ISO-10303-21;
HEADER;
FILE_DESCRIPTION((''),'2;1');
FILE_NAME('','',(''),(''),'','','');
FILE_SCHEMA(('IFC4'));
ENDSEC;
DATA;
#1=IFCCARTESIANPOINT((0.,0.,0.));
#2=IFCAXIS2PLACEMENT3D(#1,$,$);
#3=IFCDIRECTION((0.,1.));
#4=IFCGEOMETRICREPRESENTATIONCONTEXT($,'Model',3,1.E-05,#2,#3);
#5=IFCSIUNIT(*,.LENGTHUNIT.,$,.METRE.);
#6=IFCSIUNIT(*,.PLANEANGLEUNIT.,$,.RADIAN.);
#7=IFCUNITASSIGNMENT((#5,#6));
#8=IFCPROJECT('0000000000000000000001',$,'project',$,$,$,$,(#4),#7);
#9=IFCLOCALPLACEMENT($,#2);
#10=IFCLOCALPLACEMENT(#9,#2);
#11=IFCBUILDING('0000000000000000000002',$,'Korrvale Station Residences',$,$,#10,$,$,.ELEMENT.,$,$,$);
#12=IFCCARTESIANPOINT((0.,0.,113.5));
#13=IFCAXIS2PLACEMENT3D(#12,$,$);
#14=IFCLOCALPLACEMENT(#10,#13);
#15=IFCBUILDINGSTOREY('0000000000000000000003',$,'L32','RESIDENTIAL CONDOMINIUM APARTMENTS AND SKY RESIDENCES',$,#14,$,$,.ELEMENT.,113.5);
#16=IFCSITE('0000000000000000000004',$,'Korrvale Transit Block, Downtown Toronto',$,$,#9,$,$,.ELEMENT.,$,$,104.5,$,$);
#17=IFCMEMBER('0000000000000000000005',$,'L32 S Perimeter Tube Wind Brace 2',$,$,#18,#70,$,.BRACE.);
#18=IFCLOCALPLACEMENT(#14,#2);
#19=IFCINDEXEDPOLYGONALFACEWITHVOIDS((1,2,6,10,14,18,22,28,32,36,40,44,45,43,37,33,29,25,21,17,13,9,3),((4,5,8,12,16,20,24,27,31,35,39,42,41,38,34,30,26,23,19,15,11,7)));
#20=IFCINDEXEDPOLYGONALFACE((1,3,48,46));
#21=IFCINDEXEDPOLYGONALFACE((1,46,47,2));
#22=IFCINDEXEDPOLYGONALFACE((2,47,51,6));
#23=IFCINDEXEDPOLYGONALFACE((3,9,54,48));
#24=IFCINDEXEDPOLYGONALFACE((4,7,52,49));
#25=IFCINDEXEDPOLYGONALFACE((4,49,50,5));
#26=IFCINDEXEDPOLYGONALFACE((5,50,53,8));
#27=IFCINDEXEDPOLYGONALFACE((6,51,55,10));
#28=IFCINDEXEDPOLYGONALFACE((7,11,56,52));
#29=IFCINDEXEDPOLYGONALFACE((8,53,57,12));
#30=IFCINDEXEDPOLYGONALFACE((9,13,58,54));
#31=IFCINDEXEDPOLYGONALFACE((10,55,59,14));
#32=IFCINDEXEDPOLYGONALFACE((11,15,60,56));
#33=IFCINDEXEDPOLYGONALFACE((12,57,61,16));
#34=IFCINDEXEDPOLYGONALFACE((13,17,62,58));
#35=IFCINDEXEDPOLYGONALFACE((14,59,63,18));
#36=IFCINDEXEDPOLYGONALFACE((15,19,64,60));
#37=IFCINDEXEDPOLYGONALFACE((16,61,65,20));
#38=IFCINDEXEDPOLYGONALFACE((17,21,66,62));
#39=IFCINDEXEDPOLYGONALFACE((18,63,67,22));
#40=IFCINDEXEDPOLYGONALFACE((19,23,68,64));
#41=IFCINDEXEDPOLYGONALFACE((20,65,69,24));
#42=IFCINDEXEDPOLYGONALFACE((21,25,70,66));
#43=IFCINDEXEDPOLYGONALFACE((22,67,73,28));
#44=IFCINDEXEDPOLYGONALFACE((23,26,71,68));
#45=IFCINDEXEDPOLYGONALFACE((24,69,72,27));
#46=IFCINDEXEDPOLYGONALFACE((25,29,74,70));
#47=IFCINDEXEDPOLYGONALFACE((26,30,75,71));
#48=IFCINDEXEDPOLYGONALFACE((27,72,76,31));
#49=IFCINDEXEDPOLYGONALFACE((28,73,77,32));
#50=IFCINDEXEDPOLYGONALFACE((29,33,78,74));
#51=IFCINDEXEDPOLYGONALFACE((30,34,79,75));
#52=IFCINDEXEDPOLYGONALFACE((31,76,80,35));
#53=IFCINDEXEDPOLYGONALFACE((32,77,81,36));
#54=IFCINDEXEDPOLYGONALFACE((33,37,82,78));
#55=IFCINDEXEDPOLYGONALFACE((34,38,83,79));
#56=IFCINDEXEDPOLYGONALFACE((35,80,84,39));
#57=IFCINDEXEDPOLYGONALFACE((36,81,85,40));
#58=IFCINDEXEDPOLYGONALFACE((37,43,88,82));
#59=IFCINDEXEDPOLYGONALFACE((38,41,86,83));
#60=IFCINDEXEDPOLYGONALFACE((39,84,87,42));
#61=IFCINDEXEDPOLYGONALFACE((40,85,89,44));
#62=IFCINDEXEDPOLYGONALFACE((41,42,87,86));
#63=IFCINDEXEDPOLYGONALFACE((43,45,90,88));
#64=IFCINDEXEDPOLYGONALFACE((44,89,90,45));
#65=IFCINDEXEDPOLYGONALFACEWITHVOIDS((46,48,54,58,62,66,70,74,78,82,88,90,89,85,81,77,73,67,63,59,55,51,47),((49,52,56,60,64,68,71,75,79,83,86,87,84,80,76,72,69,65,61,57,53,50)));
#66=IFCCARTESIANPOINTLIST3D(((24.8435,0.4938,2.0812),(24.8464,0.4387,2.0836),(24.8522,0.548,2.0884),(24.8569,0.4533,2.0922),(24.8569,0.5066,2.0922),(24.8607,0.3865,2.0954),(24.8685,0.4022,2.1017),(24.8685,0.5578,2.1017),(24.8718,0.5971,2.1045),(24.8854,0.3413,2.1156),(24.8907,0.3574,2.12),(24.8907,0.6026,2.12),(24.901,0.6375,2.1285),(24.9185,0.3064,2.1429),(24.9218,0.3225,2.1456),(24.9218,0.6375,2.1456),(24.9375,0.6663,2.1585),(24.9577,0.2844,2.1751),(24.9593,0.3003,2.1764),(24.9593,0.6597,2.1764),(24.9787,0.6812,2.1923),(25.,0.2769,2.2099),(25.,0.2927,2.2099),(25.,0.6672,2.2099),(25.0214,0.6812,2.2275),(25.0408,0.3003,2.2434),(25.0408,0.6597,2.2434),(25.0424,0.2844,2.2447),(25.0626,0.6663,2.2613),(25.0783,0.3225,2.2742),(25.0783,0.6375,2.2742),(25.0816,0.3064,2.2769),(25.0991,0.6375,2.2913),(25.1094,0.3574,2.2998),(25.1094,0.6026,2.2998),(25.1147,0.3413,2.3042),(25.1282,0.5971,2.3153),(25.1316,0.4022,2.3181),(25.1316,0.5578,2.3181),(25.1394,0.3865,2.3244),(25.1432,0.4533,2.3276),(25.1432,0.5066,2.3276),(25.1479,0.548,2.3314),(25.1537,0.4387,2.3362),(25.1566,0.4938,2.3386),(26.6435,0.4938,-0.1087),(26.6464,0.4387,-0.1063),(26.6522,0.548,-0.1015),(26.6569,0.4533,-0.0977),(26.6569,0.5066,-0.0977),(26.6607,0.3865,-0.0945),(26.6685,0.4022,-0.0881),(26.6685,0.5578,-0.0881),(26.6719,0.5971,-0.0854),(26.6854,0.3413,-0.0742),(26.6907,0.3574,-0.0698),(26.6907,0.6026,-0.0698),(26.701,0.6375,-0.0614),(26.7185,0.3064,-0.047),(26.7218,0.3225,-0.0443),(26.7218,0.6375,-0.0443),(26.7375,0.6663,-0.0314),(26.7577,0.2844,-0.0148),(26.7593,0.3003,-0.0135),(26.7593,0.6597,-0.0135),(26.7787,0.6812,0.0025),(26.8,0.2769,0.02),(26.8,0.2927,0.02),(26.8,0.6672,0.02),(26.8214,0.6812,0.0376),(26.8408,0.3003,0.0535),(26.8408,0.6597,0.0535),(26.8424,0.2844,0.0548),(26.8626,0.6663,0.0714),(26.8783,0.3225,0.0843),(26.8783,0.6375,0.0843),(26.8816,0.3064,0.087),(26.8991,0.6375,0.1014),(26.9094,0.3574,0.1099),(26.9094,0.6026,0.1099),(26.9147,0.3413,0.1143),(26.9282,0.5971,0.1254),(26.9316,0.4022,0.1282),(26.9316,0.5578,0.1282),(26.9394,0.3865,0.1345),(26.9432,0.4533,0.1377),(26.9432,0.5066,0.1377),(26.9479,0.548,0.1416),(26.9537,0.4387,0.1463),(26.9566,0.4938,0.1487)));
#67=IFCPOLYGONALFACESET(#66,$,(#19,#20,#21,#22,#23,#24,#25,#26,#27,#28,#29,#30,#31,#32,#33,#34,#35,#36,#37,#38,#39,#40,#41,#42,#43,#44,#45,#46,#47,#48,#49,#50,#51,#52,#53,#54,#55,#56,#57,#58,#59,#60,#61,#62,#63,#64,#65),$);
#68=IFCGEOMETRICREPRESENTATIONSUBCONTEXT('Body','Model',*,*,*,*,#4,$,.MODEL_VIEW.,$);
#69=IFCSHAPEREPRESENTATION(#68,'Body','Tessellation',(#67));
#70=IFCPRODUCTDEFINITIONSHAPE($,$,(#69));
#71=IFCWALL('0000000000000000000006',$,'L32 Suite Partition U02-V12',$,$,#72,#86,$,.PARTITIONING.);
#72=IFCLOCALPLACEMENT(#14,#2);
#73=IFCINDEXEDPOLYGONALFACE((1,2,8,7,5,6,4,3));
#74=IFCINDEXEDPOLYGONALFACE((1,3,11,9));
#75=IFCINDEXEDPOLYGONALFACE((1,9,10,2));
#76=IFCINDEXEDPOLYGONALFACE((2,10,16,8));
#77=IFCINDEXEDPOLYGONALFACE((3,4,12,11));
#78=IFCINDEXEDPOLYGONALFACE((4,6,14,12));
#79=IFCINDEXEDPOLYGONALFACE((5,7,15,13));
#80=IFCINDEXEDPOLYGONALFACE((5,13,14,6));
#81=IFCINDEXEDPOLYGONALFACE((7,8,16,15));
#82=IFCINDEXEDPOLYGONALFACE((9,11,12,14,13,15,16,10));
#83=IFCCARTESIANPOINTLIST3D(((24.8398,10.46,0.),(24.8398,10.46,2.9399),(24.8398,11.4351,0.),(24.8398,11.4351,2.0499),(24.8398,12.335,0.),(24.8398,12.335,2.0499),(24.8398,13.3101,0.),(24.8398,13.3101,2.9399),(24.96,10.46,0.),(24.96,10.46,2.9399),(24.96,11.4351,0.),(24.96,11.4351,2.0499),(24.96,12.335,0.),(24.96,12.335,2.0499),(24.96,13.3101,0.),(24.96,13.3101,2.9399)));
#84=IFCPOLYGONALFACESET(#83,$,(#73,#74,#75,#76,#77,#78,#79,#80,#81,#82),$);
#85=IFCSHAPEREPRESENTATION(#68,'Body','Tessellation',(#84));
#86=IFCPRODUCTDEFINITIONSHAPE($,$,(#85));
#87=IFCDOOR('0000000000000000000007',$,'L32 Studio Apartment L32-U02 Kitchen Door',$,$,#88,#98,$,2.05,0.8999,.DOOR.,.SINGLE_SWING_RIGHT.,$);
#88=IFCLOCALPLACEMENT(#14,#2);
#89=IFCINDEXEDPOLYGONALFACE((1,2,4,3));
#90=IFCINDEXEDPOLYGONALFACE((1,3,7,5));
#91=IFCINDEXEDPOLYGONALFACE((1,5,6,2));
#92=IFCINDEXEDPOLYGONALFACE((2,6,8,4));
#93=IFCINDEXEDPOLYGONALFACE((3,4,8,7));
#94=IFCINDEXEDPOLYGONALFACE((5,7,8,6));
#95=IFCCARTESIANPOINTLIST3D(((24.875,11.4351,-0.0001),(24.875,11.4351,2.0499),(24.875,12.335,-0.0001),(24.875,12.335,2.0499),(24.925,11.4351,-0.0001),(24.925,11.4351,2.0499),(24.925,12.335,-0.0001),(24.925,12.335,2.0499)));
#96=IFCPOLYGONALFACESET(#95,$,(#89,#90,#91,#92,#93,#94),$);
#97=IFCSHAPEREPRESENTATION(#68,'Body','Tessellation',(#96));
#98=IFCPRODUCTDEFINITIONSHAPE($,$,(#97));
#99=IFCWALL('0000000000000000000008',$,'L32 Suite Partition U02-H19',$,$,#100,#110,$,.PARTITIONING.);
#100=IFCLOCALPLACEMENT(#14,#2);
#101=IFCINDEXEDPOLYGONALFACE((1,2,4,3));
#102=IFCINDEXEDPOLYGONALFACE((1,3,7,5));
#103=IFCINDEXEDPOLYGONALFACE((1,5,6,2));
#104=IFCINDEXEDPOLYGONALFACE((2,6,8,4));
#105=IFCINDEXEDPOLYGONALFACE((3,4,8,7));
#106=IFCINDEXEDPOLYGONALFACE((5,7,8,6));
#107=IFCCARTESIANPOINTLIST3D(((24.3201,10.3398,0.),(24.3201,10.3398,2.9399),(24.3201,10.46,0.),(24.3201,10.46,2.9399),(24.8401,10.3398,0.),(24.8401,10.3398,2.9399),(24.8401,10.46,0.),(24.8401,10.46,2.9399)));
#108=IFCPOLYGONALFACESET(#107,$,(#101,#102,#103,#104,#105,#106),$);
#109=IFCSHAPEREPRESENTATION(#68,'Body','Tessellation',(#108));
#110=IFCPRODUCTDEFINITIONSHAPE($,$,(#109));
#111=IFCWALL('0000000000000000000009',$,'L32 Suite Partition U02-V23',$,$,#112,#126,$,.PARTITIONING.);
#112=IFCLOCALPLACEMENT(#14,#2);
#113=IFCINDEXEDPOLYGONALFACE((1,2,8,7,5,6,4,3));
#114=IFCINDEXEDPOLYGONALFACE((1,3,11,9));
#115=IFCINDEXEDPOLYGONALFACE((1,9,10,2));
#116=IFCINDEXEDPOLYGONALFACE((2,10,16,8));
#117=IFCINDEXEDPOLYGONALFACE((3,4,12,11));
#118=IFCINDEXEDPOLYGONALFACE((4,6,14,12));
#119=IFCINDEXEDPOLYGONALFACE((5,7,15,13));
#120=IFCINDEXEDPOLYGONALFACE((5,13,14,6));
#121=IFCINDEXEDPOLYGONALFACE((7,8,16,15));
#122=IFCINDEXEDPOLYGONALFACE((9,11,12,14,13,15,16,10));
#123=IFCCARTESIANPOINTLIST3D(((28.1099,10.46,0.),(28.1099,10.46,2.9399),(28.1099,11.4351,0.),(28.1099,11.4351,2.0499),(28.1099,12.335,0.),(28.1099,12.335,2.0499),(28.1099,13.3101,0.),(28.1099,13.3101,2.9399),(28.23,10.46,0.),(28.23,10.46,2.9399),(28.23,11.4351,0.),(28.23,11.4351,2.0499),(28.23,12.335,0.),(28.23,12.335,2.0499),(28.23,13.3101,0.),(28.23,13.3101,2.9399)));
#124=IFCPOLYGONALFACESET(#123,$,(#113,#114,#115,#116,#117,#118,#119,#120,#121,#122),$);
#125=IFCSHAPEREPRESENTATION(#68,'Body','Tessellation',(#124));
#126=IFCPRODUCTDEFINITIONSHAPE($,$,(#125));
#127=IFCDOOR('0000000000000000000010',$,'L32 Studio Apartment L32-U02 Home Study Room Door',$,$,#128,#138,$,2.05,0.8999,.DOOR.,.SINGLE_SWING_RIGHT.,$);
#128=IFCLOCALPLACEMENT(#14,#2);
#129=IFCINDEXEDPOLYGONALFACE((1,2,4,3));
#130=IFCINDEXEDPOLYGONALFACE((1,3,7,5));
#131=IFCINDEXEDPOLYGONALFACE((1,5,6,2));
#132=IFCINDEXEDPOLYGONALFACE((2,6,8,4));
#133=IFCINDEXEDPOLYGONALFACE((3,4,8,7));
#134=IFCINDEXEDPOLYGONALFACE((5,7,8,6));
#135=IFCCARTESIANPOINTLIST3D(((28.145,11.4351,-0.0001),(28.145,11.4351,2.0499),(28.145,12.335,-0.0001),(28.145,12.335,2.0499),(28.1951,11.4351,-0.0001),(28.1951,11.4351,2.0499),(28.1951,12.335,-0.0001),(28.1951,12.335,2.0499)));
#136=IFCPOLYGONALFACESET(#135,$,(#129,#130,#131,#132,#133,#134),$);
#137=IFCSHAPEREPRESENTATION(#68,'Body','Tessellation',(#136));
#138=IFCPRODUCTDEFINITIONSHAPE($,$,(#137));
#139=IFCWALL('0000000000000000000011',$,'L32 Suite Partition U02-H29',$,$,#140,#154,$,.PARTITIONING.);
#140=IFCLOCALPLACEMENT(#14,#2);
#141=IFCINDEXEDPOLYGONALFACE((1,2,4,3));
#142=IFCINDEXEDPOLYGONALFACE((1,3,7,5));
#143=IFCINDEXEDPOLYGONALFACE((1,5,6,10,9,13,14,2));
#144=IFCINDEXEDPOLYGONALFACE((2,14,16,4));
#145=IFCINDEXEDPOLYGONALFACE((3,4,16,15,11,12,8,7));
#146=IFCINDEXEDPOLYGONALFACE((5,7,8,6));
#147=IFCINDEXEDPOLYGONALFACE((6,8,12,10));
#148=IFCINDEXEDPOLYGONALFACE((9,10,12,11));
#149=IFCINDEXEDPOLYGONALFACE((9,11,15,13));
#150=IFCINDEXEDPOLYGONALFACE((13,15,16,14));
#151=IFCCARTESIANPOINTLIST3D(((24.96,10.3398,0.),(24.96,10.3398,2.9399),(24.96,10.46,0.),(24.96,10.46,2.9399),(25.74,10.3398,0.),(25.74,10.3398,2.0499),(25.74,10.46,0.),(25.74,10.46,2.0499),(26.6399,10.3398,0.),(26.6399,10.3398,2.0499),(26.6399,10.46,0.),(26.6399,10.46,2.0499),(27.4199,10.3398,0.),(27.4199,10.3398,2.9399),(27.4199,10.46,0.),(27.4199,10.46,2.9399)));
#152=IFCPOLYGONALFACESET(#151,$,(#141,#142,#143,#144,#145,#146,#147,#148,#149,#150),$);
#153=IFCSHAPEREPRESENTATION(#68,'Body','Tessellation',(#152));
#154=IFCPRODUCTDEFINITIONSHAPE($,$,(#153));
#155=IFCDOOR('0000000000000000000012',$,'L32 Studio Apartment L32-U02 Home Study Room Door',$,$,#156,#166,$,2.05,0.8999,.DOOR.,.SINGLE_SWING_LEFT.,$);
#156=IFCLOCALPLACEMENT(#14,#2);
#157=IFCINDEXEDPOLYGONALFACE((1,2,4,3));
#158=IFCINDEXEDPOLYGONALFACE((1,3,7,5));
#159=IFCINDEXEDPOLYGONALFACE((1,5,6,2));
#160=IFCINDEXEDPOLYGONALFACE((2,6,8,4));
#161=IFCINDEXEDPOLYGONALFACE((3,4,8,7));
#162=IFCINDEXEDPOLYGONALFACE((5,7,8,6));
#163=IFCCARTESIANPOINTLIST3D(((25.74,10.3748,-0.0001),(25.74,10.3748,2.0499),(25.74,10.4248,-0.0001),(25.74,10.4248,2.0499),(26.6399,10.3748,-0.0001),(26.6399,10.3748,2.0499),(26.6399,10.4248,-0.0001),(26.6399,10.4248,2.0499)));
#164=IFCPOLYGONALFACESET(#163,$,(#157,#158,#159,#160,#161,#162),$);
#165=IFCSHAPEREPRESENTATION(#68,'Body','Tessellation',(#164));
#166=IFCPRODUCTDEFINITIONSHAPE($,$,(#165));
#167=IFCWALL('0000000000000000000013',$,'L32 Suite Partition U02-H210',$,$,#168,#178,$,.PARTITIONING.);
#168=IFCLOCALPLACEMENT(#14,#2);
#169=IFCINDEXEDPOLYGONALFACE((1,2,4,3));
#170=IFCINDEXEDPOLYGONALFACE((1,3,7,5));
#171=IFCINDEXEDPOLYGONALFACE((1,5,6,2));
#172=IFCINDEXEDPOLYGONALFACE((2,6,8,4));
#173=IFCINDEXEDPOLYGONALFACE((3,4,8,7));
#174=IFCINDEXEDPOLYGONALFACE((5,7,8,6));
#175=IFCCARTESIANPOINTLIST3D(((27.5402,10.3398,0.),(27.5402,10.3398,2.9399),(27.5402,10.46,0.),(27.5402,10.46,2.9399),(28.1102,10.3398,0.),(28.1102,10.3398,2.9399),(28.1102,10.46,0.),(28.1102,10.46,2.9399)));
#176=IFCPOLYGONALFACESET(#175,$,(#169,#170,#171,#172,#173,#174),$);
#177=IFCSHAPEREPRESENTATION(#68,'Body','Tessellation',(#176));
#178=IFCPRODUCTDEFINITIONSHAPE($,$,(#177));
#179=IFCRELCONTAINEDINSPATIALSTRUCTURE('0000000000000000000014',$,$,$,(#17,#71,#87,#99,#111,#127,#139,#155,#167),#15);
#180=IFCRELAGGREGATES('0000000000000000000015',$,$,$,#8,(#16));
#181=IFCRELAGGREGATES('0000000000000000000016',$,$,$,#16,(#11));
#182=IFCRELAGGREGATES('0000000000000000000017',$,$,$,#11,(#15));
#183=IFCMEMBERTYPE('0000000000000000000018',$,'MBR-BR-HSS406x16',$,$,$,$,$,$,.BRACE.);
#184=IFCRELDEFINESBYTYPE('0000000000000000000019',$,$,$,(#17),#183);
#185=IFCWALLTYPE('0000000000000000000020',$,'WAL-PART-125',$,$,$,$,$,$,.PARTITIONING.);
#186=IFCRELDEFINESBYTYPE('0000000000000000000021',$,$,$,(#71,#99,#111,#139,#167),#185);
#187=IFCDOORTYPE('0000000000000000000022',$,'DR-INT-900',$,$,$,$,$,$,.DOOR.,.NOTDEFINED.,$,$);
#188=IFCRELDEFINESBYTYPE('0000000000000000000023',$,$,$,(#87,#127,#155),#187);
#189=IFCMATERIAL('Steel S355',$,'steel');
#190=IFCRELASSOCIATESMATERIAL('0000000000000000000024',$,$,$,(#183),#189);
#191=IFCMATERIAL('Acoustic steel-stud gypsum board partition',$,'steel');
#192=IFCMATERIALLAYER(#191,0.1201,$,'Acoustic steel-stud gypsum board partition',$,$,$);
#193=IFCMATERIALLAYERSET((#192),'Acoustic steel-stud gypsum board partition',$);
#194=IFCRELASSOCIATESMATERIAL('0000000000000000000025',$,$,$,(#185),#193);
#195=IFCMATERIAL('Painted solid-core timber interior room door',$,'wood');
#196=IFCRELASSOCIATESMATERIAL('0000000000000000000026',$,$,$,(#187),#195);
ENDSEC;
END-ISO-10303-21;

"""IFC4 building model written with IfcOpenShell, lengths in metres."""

from ifc_helpers import new_model, si_unit, direction, frame, frame_2d, origin, origin_2d, place, context, subcontext, project, spatial, rectangle, hollow_circle, extrude, material, layer, layer_set, material_profile, profile_set, type_object, element, fill, save


model = new_model("IFC4")

# Units and contexts
model_context = context("Model", 3, precision=1e-05, world=origin(), true_north=direction((0.0, 1.0)))
body_context = subcontext(model_context, "Body", "Model", "MODEL_VIEW")
ifc_project = project(units=[si_unit("LENGTHUNIT", "METRE"), si_unit("PLANEANGLEUNIT", "RADIAN")], contexts=[model_context])

# Site, building, storey
site_placement = place(None, origin())
site = spatial("IfcSite", under=ifc_project, at=site_placement, Name="Korrvale Transit Block, Downtown Toronto", CompositionType="ELEMENT", RefElevation=104.5)
building_placement = place(site_placement, origin())
building = spatial("IfcBuilding", under=site, at=building_placement, Name="Korrvale Station Residences", CompositionType="ELEMENT")
storey_placement = place(building_placement, frame((0.0, 0.0, 113.5)))
storey = spatial("IfcBuildingStorey", under=building, at=storey_placement, Name="L32", Description="RESIDENTIAL CONDOMINIUM APARTMENTS AND SKY RESIDENCES", CompositionType="ELEMENT", Elevation=113.5)

# Shared definitions
ifc_material_1 = material(Name="Steel S355", Category="steel")

# Member
ifc_material_profile_1 = material_profile(ifc_material_1, hollow_circle(Radius=0.2031, WallThickness=0.0159, at=origin_2d()), Name="HSS406x16")
ifc_profile_set_1 = profile_set([ifc_material_profile_1], Name="Steel S355")
member_type = type_object("IfcMemberType", Name="MBR-BR-HSS406x16", PredefinedType="BRACE", material=ifc_profile_set_1)
member_placement = place(storey_placement, frame((26.8, 0.48, 0.02), z_axis=(-0.634985, 0.0, 0.772524), x_axis=(0.0, -1.0, 0.0)))
element("IfcMember", 1, at=member_placement, inside=storey, type_object=member_type, Name="L32 S Perimeter Tube Wind Brace 2", PredefinedType="BRACE", context=body_context, shape_type="SweptSolid", body=[
    extrude(hollow_circle(Radius=0.2031, WallThickness=0.0159, at=origin_2d()), origin(), (0.0, 0.0, 1.0), 2.8347),
])

# Wall, opening, door
ifc_material_2 = material(Name="Acoustic steel-stud gypsum board partition", Category="steel")
ifc_layer_1 = layer(ifc_material_2, 0.1201, Name="Acoustic steel-stud gypsum board partition")
ifc_layer_set_1 = layer_set([ifc_layer_1], Name="Acoustic steel-stud gypsum board partition")
wall_type = type_object("IfcWallType", Name="WAL-PART-125", PredefinedType="PARTITIONING", material=ifc_layer_set_1)
wall_1_placement = place(storey_placement, frame((24.8999, 10.46, 0.0), z_axis=(0.0, 0.0, 1.0), x_axis=(0.0, 1.0, 0.0)))
wall_1 = element("IfcWall", 2, at=wall_1_placement, inside=storey, type_object=wall_type, Name="L32 Suite Partition U02-V12", PredefinedType="PARTITIONING", context=body_context, shape_type="SweptSolid", body=[
    extrude(rectangle(XDim=2.8501, YDim=0.1201, at=frame_2d((1.425, 0.0))), origin(), (0.0, 0.0, 1.0), 2.9399),
])
opening_1_placement = place(wall_1_placement, frame((0.9751, 0.0, 0.0)))
opening_1 = element("IfcOpeningElement", 3, at=opening_1_placement, cuts=wall_1, PredefinedType="OPENING", context=body_context, shape_type="SweptSolid", body=[
    extrude(rectangle(XDim=0.8999, YDim=2.05, at=frame_2d((0.45, 1.0249))), frame((0.0, 0.0701, 0.0), z_axis=(0.0, -1.0, 0.0), x_axis=(1.0, 0.0, 0.0)), (0.0, 0.0, 1.0), 0.1401),
])
ifc_material_3 = material(Name="Painted solid-core timber interior room door", Category="wood")
door_type = type_object("IfcDoorType", Name="DR-INT-900", OperationType="NOTDEFINED", PredefinedType="DOOR", material=ifc_material_3)
door_1_placement = place(opening_1_placement, origin())
door_1 = element("IfcDoor", 4, at=door_1_placement, inside=storey, type_object=door_type, Name="L32 Studio Apartment L32-U02 Kitchen Door", OperationType="SINGLE_SWING_RIGHT", OverallHeight=2.05, OverallWidth=0.8999, PredefinedType="DOOR", context=body_context, shape_type="SweptSolid", body=[
    extrude(rectangle(XDim=0.8999, YDim=2.05, at=frame_2d((0.45, 1.0249))), frame((0.0, 0.0249, 0.0), z_axis=(0.0, -1.0, 0.0), x_axis=(1.0, 0.0, 0.0)), (0.0, 0.0, 1.0), 0.05),
])
fill(opening_1, door_1)

# Wall
wall_2_placement = place(storey_placement, frame((24.3201, 10.3999, 0.0), z_axis=(0.0, 0.0, 1.0), x_axis=(1.0, 0.0, 0.0)))
element("IfcWall", 5, at=wall_2_placement, inside=storey, type_object=wall_type, Name="L32 Suite Partition U02-H19", PredefinedType="PARTITIONING", context=body_context, shape_type="SweptSolid", body=[
    extrude(rectangle(XDim=0.52, YDim=0.1201, at=frame_2d((0.26, 0.0))), origin(), (0.0, 0.0, 1.0), 2.9399),
])

# Walls, openings, doors
wall_3_placement = place(storey_placement, frame((28.1699, 10.46, 0.0), z_axis=(0.0, 0.0, 1.0), x_axis=(0.0, 1.0, 0.0)))
wall_3 = element("IfcWall", 6, at=wall_3_placement, inside=storey, type_object=wall_type, Name="L32 Suite Partition U02-V23", PredefinedType="PARTITIONING", context=body_context, shape_type="SweptSolid", body=[
    extrude(rectangle(XDim=2.8501, YDim=0.1201, at=frame_2d((1.425, 0.0))), origin(), (0.0, 0.0, 1.0), 2.9399),
])
opening_2_placement = place(wall_3_placement, frame((0.9751, 0.0, 0.0)))
opening_2 = element("IfcOpeningElement", 7, at=opening_2_placement, cuts=wall_3, PredefinedType="OPENING", context=body_context, shape_type="SweptSolid", body=[
    extrude(rectangle(XDim=0.8999, YDim=2.05, at=frame_2d((0.45, 1.0249))), frame((0.0, 0.0701, 0.0), z_axis=(0.0, -1.0, 0.0), x_axis=(1.0, 0.0, 0.0)), (0.0, 0.0, 1.0), 0.1401),
])
door_2_placement = place(opening_2_placement, origin())
door_2 = element("IfcDoor", 8, at=door_2_placement, inside=storey, type_object=door_type, Name="L32 Studio Apartment L32-U02 Home Study Room Door", OperationType="SINGLE_SWING_RIGHT", OverallHeight=2.05, OverallWidth=0.8999, PredefinedType="DOOR", context=body_context, shape_type="SweptSolid", body=[
    extrude(rectangle(XDim=0.8999, YDim=2.05, at=frame_2d((0.45, 1.0249))), frame((0.0, 0.0249, 0.0), z_axis=(0.0, -1.0, 0.0), x_axis=(1.0, 0.0, 0.0)), (0.0, 0.0, 1.0), 0.05),
])
fill(opening_2, door_2)
wall_4_placement = place(storey_placement, frame((24.96, 10.3999, 0.0), z_axis=(0.0, 0.0, 1.0), x_axis=(1.0, 0.0, 0.0)))
wall_4 = element("IfcWall", 9, at=wall_4_placement, inside=storey, type_object=wall_type, Name="L32 Suite Partition U02-H29", PredefinedType="PARTITIONING", context=body_context, shape_type="SweptSolid", body=[
    extrude(rectangle(XDim=2.46, YDim=0.1201, at=frame_2d((1.23, 0.0))), origin(), (0.0, 0.0, 1.0), 2.9399),
])
opening_3_placement = place(wall_4_placement, frame((0.78, 0.0, 0.0)))
opening_3 = element("IfcOpeningElement", 10, at=opening_3_placement, cuts=wall_4, PredefinedType="OPENING", context=body_context, shape_type="SweptSolid", body=[
    extrude(rectangle(XDim=0.8999, YDim=2.05, at=frame_2d((0.45, 1.0249))), frame((0.0, 0.0701, 0.0), z_axis=(0.0, -1.0, 0.0), x_axis=(1.0, 0.0, 0.0)), (0.0, 0.0, 1.0), 0.1401),
])
door_3_placement = place(opening_3_placement, origin())
door_3 = element("IfcDoor", 11, at=door_3_placement, inside=storey, type_object=door_type, Name="L32 Studio Apartment L32-U02 Home Study Room Door", OperationType="SINGLE_SWING_LEFT", OverallHeight=2.05, OverallWidth=0.8999, PredefinedType="DOOR", context=body_context, shape_type="SweptSolid", body=[
    extrude(rectangle(XDim=0.8999, YDim=2.05, at=frame_2d((0.45, 1.0249))), frame((0.0, 0.0249, 0.0), z_axis=(0.0, -1.0, 0.0), x_axis=(1.0, 0.0, 0.0)), (0.0, 0.0, 1.0), 0.05),
])
fill(opening_3, door_3)

# Wall
wall_5_placement = place(storey_placement, frame((27.54, 10.3999, 0.0), z_axis=(0.0, 0.0, 1.0), x_axis=(1.0, 0.0, 0.0)))
element("IfcWall", 12, at=wall_5_placement, inside=storey, type_object=wall_type, Name="L32 Suite Partition U02-H210", PredefinedType="PARTITIONING", context=body_context, shape_type="SweptSolid", body=[
    extrude(rectangle(XDim=0.5701, YDim=0.1201, at=frame_2d((0.2852, 0.0))), origin(), (0.0, 0.0, 1.0), 2.9399),
])

save(model, "model.ifc")
